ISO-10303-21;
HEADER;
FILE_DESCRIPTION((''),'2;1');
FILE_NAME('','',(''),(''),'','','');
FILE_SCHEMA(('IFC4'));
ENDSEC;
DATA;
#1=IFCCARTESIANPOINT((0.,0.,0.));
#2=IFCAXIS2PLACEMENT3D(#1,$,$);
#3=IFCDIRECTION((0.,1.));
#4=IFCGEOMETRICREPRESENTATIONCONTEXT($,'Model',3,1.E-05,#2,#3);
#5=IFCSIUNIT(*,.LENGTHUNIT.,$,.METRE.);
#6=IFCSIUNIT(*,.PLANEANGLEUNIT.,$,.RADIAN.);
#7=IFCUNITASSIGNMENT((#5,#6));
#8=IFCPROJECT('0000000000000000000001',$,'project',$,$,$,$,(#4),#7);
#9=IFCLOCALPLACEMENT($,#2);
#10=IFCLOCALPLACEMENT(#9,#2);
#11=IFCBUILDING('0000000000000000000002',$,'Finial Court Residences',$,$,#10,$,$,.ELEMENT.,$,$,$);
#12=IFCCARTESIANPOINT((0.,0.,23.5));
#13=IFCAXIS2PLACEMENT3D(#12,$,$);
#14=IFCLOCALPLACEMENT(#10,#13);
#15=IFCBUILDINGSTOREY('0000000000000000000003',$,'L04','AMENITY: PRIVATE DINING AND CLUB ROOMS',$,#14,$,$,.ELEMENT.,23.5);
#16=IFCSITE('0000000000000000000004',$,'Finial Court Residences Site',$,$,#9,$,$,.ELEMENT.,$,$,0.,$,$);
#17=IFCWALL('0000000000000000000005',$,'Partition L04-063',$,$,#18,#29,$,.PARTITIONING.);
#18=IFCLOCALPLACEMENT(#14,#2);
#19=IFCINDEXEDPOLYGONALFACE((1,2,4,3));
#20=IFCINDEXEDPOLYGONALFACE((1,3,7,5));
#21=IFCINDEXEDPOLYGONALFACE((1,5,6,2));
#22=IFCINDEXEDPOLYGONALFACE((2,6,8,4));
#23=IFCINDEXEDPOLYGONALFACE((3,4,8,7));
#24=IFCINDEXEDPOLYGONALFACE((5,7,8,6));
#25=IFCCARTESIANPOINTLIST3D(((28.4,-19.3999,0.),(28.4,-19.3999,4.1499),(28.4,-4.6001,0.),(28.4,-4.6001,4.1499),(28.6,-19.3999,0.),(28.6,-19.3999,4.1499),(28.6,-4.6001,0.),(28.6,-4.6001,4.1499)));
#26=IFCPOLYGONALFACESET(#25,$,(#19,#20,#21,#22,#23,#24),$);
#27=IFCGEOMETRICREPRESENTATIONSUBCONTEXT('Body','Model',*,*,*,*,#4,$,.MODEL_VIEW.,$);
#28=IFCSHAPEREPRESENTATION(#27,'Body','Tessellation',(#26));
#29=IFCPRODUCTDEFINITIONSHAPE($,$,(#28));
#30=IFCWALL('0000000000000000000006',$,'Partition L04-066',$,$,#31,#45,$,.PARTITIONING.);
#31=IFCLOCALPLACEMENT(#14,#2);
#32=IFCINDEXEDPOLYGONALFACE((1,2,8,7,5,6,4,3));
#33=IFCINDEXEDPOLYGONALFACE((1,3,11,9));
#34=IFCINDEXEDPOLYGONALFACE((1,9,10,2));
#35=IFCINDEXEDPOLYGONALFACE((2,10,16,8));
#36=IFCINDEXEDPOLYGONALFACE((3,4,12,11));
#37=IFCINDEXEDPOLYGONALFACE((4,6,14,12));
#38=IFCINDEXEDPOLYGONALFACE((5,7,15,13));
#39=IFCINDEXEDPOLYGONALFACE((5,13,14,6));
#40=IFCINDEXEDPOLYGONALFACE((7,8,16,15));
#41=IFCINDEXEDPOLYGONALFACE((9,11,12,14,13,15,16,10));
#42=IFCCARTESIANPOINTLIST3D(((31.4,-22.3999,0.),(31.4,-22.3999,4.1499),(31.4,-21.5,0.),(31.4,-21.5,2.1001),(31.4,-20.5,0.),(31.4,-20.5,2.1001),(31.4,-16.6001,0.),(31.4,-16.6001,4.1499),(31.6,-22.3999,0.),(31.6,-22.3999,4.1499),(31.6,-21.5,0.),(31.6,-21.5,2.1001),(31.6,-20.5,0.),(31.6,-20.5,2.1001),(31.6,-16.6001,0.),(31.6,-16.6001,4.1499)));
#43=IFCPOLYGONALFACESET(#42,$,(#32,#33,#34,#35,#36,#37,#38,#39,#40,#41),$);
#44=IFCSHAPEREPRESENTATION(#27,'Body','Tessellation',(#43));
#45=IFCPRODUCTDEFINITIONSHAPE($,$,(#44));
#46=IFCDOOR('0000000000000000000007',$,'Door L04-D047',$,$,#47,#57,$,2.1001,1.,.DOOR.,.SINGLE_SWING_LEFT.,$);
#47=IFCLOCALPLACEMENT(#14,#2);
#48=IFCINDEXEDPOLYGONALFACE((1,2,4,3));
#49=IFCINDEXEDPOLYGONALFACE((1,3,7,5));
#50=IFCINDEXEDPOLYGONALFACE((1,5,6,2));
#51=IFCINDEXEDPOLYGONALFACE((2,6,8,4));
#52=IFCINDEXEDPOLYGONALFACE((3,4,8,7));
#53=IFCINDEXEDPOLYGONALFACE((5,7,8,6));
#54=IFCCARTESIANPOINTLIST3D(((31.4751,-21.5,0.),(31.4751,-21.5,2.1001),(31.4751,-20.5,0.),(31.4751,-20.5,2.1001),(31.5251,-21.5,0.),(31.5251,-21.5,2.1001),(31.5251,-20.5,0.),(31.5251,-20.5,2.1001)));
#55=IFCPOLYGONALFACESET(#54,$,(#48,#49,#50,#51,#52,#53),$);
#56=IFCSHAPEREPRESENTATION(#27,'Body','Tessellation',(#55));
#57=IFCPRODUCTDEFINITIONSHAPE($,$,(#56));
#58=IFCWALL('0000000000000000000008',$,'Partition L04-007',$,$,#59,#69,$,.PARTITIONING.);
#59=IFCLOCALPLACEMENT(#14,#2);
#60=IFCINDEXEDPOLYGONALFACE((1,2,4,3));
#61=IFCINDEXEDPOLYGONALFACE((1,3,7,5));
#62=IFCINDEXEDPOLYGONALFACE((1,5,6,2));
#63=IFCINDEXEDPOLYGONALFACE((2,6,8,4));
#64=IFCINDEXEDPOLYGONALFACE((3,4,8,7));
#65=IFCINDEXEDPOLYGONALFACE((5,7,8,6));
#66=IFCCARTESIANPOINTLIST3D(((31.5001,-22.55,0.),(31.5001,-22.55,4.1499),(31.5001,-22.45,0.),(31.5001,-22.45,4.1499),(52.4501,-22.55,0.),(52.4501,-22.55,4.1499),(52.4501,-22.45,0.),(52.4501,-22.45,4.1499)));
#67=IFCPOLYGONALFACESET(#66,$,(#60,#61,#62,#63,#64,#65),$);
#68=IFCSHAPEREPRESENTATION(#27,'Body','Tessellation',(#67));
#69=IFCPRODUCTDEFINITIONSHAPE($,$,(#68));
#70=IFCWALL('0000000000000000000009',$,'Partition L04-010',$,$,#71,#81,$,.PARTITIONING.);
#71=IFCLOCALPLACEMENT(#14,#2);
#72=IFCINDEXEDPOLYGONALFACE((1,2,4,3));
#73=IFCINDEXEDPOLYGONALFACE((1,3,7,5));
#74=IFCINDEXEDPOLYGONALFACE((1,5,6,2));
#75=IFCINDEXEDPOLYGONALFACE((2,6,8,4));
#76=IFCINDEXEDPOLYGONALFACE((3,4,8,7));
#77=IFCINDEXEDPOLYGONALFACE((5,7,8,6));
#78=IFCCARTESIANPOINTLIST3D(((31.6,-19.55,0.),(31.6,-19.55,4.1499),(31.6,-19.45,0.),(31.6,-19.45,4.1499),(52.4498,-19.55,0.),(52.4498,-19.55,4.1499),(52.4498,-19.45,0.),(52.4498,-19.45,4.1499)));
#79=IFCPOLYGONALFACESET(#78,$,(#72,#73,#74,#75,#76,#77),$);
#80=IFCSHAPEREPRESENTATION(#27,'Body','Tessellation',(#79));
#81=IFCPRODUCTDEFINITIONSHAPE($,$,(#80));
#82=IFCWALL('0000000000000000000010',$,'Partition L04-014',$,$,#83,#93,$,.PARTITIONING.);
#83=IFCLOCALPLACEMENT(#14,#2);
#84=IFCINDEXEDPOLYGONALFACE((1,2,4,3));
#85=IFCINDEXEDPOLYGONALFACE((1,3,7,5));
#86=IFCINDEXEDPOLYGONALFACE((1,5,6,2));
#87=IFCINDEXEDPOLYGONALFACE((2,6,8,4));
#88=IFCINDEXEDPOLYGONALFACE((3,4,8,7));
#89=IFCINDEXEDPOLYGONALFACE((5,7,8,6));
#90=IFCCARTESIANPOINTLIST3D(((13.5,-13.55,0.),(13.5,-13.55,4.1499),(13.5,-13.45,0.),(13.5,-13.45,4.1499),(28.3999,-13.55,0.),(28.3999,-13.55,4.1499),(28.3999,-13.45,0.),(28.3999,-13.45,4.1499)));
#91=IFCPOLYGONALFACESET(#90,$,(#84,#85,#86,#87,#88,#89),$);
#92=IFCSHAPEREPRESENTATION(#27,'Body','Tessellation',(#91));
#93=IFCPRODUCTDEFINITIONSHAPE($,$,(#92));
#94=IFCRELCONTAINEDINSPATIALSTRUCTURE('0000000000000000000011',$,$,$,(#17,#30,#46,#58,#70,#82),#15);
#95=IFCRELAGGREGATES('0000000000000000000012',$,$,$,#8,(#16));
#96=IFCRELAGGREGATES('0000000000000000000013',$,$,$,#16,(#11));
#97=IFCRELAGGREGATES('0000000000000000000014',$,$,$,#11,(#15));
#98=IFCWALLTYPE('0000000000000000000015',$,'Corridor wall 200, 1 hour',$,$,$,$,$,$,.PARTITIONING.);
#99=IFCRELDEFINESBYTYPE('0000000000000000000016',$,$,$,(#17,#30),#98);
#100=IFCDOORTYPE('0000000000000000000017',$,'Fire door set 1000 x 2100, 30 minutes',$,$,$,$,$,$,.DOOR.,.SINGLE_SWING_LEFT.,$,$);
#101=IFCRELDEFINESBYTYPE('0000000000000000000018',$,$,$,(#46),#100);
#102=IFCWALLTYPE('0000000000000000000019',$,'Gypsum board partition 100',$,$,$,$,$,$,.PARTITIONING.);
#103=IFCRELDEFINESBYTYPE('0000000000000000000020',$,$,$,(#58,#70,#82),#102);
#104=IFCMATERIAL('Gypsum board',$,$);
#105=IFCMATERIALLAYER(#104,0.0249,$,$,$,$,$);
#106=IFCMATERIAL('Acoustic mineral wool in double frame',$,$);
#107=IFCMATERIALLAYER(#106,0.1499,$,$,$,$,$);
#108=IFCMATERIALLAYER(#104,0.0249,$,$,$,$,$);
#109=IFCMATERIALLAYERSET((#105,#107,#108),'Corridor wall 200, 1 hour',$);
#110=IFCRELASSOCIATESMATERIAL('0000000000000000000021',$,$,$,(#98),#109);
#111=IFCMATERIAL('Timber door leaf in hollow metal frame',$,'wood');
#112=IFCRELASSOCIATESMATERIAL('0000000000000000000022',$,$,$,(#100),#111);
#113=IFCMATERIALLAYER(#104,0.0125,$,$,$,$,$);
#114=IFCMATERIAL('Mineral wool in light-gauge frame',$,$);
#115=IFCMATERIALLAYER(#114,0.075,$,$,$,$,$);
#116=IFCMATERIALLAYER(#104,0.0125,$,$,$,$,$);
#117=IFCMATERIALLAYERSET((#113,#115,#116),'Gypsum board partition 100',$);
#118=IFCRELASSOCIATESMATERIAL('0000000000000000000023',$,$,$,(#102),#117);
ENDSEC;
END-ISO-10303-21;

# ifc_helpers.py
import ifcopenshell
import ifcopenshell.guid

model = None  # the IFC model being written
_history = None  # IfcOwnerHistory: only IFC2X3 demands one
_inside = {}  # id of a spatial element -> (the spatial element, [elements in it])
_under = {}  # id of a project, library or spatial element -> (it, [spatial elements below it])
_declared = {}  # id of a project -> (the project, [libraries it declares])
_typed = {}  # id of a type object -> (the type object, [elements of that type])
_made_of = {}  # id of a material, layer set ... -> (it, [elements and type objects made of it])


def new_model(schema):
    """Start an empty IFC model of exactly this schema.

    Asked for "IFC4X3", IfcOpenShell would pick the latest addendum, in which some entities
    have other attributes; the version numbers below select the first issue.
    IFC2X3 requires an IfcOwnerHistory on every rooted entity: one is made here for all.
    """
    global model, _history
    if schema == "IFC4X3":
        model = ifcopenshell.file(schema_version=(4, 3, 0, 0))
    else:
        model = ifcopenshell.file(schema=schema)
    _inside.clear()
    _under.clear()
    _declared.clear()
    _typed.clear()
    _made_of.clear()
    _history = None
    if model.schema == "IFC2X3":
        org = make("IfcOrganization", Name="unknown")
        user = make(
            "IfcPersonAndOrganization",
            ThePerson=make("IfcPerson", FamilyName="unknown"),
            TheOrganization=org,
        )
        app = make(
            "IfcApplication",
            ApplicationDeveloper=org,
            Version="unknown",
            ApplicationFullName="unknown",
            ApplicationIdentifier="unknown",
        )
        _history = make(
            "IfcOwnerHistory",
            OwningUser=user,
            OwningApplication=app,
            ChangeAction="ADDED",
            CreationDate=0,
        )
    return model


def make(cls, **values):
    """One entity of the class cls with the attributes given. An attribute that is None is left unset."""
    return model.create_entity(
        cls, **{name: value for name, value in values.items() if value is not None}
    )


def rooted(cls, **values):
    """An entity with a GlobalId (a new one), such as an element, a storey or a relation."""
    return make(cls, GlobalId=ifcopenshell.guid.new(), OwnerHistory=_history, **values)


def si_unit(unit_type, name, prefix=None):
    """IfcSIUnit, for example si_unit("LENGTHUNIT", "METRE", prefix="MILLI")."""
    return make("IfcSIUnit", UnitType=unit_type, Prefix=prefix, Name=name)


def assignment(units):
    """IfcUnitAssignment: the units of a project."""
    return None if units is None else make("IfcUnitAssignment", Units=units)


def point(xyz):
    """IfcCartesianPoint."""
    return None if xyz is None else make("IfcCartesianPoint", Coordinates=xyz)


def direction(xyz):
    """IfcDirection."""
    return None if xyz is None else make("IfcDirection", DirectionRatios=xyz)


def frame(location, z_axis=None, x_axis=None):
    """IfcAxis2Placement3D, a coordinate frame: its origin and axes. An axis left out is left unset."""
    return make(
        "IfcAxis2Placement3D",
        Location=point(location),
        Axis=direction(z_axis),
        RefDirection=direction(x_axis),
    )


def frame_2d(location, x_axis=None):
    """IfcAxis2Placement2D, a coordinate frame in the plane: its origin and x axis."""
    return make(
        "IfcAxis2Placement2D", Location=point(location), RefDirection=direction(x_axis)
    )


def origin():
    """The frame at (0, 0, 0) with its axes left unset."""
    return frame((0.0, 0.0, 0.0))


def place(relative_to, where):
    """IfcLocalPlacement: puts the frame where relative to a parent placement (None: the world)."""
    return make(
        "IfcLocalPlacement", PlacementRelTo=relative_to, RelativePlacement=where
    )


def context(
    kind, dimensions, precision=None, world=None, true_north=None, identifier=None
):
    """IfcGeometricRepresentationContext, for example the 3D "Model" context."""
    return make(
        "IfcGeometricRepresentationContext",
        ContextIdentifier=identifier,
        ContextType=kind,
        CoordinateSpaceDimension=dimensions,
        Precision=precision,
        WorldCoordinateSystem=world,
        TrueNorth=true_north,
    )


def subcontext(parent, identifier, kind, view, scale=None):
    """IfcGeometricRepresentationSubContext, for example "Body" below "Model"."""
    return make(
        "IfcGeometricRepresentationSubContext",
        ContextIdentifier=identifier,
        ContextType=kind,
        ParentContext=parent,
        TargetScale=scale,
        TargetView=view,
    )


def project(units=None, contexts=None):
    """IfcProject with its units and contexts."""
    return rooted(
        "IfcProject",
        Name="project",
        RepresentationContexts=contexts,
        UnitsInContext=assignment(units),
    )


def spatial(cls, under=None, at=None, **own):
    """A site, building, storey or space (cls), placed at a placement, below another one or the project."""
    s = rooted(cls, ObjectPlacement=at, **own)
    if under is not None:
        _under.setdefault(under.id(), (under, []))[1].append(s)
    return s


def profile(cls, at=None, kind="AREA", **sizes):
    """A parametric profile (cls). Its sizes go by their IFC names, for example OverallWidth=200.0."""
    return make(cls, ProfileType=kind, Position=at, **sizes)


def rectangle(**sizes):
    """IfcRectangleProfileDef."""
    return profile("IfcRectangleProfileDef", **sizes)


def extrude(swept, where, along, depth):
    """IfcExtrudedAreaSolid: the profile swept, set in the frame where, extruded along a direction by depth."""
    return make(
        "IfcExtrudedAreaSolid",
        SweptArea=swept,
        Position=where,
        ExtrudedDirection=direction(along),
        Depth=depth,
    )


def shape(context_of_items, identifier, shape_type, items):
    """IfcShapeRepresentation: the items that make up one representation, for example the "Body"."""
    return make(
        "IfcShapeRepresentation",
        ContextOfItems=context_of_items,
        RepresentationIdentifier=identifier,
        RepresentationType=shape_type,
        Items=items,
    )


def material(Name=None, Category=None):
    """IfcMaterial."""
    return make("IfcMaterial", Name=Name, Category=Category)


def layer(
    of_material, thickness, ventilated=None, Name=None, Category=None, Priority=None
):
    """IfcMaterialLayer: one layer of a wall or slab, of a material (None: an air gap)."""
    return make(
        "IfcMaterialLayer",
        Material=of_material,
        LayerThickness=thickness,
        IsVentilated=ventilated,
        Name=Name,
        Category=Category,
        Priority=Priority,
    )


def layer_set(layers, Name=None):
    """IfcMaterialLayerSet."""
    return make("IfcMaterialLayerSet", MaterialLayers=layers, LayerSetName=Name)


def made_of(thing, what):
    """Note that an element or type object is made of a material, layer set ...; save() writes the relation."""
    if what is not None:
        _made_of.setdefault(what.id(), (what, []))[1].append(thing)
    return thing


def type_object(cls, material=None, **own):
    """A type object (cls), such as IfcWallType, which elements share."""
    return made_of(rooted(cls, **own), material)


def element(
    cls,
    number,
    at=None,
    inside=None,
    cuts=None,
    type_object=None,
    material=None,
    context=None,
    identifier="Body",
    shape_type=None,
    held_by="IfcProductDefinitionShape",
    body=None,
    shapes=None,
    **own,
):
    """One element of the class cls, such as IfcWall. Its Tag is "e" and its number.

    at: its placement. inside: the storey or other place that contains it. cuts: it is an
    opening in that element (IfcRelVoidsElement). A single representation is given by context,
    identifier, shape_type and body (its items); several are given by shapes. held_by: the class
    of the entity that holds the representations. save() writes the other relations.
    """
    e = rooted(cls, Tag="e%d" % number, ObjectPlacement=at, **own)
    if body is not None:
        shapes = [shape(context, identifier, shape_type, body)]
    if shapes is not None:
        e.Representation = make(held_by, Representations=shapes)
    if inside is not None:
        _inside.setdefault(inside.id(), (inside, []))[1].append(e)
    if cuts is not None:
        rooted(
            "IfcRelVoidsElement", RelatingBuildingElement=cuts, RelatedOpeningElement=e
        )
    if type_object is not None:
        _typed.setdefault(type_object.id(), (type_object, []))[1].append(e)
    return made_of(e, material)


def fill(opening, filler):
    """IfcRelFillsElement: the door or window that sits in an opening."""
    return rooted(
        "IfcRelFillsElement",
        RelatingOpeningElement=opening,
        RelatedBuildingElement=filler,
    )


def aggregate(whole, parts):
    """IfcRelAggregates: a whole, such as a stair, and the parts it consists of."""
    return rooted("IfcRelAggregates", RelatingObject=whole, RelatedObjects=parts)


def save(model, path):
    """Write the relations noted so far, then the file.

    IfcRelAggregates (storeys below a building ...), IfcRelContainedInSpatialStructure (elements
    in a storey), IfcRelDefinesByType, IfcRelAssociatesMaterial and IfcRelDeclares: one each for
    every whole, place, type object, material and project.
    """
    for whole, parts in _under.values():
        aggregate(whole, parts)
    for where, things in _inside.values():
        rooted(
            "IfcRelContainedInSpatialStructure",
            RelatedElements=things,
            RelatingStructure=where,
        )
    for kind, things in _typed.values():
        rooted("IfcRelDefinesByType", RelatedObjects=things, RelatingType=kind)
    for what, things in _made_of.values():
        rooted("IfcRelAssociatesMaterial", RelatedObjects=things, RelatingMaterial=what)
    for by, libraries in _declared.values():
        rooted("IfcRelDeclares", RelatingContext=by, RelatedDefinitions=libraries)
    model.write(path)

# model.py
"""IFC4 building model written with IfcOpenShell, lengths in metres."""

from ifc_helpers import new_model, si_unit, direction, frame, frame_2d, origin, place, context, subcontext, project, spatial, rectangle, extrude, material, layer, layer_set, type_object, element, fill, save


model = new_model("IFC4")

# Units and contexts
model_context = context("Model", 3, precision=1e-05, world=origin(), true_north=direction((0.0, 1.0)))
body_context = subcontext(model_context, "Body", "Model", "MODEL_VIEW")
ifc_project = project(units=[si_unit("LENGTHUNIT", "METRE"), si_unit("PLANEANGLEUNIT", "RADIAN")], contexts=[model_context])

# Site, building, storey
site_placement = place(None, origin())
site = spatial("IfcSite", under=ifc_project, at=site_placement, Name="Finial Court Residences Site", CompositionType="ELEMENT", RefElevation=0.0)
building_placement = place(site_placement, origin())
building = spatial("IfcBuilding", under=site, at=building_placement, Name="Finial Court Residences", CompositionType="ELEMENT")
storey_placement = place(building_placement, frame((0.0, 0.0, 23.5)))
storey = spatial("IfcBuildingStorey", under=building, at=storey_placement, Name="L04", Description="AMENITY: PRIVATE DINING AND CLUB ROOMS", CompositionType="ELEMENT", Elevation=23.5)

# Shared definitions
ifc_material_1 = material(Name="Gypsum board")
ifc_layer_1 = layer(ifc_material_1, 0.0249)
ifc_material_2 = material(Name="Acoustic mineral wool in double frame")
ifc_layer_2 = layer(ifc_material_2, 0.1499)
ifc_layer_3 = layer(ifc_material_1, 0.0249)
ifc_layer_set_1 = layer_set([ifc_layer_1, ifc_layer_2, ifc_layer_3], Name="Corridor wall 200, 1 hour")
wall_type_1 = type_object("IfcWallType", Name="Corridor wall 200, 1 hour", PredefinedType="PARTITIONING", material=ifc_layer_set_1)
ifc_material_3 = material(Name="Timber door leaf in hollow metal frame", Category="wood")
door_type = type_object("IfcDoorType", Name="Fire door set 1000 x 2100, 30 minutes", OperationType="SINGLE_SWING_LEFT", PredefinedType="DOOR", material=ifc_material_3)

# Wall
wall_1_placement = place(storey_placement, frame((28.5, -19.3999, 0.0), z_axis=(0.0, 0.0, 1.0), x_axis=(0.0, 1.0, 0.0)))
element("IfcWall", 1, at=wall_1_placement, inside=storey, type_object=wall_type_1, Name="Partition L04-063", PredefinedType="PARTITIONING", context=body_context, shape_type="SweptSolid", body=[
    extrude(rectangle(XDim=14.7998, YDim=0.2, at=frame_2d((7.3999, 0.0))), origin(), (0.0, 0.0, 1.0), 4.1499),
])

# Wall, opening, door
wall_2_placement = place(storey_placement, frame((31.5, -22.3999, 0.0), z_axis=(0.0, 0.0, 1.0), x_axis=(0.0, 1.0, 0.0)))
wall_2 = element("IfcWall", 2, at=wall_2_placement, inside=storey, type_object=wall_type_1, Name="Partition L04-066", PredefinedType="PARTITIONING", context=body_context, shape_type="SweptSolid", body=[
    extrude(rectangle(XDim=5.7998, YDim=0.2, at=frame_2d((2.8999, 0.0))), origin(), (0.0, 0.0, 1.0), 4.1499),
])
opening_1_placement = place(wall_2_placement, frame((0.8999, 0.0, 0.0)))
opening_1 = element("IfcOpeningElement", 3, at=opening_1_placement, cuts=wall_2, PredefinedType="OPENING", context=body_context, shape_type="SweptSolid", body=[
    extrude(rectangle(XDim=1.0, YDim=2.1001, at=frame_2d((0.5, 1.05))), frame((0.0, 0.1099, 0.0), z_axis=(0.0, -1.0, 0.0), x_axis=(1.0, 0.0, 0.0)), (0.0, 0.0, 1.0), 0.22),
])
door_1_placement = place(opening_1_placement, origin())
door_1 = element("IfcDoor", 4, at=door_1_placement, inside=storey, type_object=door_type, Name="Door L04-D047", OperationType="SINGLE_SWING_LEFT", OverallHeight=2.1001, OverallWidth=1.0, PredefinedType="DOOR", context=body_context, shape_type="SweptSolid", body=[
    extrude(rectangle(XDim=1.0, YDim=2.1001, at=frame_2d((0.5, 1.05))), frame((0.0, 0.0249, 0.0), z_axis=(0.0, -1.0, 0.0), x_axis=(1.0, 0.0, 0.0)), (0.0, 0.0, 1.0), 0.05),
])
fill(opening_1, door_1)

# Walls
ifc_layer_4 = layer(ifc_material_1, 0.0125)
ifc_material_4 = material(Name="Mineral wool in light-gauge frame")
ifc_layer_5 = layer(ifc_material_4, 0.075)
ifc_layer_6 = layer(ifc_material_1, 0.0125)
ifc_layer_set_2 = layer_set([ifc_layer_4, ifc_layer_5, ifc_layer_6], Name="Gypsum board partition 100")
wall_type_2 = type_object("IfcWallType", Name="Gypsum board partition 100", PredefinedType="PARTITIONING", material=ifc_layer_set_2)
wall_3_placement = place(storey_placement, frame((31.5, -22.5, 0.0), z_axis=(0.0, 0.0, 1.0), x_axis=(1.0, 0.0, 0.0)))
element("IfcWall", 5, at=wall_3_placement, inside=storey, type_object=wall_type_2, Name="Partition L04-007", PredefinedType="PARTITIONING", context=body_context, shape_type="SweptSolid", body=[
    extrude(rectangle(XDim=20.95, YDim=0.1001, at=frame_2d((10.4751, 0.0))), origin(), (0.0, 0.0, 1.0), 4.1499),
])
wall_4_placement = place(storey_placement, frame((31.6001, -19.5, 0.0), z_axis=(0.0, 0.0, 1.0), x_axis=(1.0, 0.0, 0.0)))
element("IfcWall", 6, at=wall_4_placement, inside=storey, type_object=wall_type_2, Name="Partition L04-010", PredefinedType="PARTITIONING", context=body_context, shape_type="SweptSolid", body=[
    extrude(rectangle(XDim=20.8499, YDim=0.1001, at=frame_2d((10.4248, 0.0))), origin(), (0.0, 0.0, 1.0), 4.1499),
])
wall_5_placement = place(storey_placement, frame((13.5, -13.5, 0.0), z_axis=(0.0, 0.0, 1.0), x_axis=(1.0, 0.0, 0.0)))
element("IfcWall", 7, at=wall_5_placement, inside=storey, type_object=wall_type_2, Name="Partition L04-014", PredefinedType="PARTITIONING", context=body_context, shape_type="SweptSolid", body=[
    extrude(rectangle(XDim=14.8999, YDim=0.1001, at=frame_2d((7.45, 0.0))), origin(), (0.0, 0.0, 1.0), 4.1499),
])

save(model, "model.ifc")
